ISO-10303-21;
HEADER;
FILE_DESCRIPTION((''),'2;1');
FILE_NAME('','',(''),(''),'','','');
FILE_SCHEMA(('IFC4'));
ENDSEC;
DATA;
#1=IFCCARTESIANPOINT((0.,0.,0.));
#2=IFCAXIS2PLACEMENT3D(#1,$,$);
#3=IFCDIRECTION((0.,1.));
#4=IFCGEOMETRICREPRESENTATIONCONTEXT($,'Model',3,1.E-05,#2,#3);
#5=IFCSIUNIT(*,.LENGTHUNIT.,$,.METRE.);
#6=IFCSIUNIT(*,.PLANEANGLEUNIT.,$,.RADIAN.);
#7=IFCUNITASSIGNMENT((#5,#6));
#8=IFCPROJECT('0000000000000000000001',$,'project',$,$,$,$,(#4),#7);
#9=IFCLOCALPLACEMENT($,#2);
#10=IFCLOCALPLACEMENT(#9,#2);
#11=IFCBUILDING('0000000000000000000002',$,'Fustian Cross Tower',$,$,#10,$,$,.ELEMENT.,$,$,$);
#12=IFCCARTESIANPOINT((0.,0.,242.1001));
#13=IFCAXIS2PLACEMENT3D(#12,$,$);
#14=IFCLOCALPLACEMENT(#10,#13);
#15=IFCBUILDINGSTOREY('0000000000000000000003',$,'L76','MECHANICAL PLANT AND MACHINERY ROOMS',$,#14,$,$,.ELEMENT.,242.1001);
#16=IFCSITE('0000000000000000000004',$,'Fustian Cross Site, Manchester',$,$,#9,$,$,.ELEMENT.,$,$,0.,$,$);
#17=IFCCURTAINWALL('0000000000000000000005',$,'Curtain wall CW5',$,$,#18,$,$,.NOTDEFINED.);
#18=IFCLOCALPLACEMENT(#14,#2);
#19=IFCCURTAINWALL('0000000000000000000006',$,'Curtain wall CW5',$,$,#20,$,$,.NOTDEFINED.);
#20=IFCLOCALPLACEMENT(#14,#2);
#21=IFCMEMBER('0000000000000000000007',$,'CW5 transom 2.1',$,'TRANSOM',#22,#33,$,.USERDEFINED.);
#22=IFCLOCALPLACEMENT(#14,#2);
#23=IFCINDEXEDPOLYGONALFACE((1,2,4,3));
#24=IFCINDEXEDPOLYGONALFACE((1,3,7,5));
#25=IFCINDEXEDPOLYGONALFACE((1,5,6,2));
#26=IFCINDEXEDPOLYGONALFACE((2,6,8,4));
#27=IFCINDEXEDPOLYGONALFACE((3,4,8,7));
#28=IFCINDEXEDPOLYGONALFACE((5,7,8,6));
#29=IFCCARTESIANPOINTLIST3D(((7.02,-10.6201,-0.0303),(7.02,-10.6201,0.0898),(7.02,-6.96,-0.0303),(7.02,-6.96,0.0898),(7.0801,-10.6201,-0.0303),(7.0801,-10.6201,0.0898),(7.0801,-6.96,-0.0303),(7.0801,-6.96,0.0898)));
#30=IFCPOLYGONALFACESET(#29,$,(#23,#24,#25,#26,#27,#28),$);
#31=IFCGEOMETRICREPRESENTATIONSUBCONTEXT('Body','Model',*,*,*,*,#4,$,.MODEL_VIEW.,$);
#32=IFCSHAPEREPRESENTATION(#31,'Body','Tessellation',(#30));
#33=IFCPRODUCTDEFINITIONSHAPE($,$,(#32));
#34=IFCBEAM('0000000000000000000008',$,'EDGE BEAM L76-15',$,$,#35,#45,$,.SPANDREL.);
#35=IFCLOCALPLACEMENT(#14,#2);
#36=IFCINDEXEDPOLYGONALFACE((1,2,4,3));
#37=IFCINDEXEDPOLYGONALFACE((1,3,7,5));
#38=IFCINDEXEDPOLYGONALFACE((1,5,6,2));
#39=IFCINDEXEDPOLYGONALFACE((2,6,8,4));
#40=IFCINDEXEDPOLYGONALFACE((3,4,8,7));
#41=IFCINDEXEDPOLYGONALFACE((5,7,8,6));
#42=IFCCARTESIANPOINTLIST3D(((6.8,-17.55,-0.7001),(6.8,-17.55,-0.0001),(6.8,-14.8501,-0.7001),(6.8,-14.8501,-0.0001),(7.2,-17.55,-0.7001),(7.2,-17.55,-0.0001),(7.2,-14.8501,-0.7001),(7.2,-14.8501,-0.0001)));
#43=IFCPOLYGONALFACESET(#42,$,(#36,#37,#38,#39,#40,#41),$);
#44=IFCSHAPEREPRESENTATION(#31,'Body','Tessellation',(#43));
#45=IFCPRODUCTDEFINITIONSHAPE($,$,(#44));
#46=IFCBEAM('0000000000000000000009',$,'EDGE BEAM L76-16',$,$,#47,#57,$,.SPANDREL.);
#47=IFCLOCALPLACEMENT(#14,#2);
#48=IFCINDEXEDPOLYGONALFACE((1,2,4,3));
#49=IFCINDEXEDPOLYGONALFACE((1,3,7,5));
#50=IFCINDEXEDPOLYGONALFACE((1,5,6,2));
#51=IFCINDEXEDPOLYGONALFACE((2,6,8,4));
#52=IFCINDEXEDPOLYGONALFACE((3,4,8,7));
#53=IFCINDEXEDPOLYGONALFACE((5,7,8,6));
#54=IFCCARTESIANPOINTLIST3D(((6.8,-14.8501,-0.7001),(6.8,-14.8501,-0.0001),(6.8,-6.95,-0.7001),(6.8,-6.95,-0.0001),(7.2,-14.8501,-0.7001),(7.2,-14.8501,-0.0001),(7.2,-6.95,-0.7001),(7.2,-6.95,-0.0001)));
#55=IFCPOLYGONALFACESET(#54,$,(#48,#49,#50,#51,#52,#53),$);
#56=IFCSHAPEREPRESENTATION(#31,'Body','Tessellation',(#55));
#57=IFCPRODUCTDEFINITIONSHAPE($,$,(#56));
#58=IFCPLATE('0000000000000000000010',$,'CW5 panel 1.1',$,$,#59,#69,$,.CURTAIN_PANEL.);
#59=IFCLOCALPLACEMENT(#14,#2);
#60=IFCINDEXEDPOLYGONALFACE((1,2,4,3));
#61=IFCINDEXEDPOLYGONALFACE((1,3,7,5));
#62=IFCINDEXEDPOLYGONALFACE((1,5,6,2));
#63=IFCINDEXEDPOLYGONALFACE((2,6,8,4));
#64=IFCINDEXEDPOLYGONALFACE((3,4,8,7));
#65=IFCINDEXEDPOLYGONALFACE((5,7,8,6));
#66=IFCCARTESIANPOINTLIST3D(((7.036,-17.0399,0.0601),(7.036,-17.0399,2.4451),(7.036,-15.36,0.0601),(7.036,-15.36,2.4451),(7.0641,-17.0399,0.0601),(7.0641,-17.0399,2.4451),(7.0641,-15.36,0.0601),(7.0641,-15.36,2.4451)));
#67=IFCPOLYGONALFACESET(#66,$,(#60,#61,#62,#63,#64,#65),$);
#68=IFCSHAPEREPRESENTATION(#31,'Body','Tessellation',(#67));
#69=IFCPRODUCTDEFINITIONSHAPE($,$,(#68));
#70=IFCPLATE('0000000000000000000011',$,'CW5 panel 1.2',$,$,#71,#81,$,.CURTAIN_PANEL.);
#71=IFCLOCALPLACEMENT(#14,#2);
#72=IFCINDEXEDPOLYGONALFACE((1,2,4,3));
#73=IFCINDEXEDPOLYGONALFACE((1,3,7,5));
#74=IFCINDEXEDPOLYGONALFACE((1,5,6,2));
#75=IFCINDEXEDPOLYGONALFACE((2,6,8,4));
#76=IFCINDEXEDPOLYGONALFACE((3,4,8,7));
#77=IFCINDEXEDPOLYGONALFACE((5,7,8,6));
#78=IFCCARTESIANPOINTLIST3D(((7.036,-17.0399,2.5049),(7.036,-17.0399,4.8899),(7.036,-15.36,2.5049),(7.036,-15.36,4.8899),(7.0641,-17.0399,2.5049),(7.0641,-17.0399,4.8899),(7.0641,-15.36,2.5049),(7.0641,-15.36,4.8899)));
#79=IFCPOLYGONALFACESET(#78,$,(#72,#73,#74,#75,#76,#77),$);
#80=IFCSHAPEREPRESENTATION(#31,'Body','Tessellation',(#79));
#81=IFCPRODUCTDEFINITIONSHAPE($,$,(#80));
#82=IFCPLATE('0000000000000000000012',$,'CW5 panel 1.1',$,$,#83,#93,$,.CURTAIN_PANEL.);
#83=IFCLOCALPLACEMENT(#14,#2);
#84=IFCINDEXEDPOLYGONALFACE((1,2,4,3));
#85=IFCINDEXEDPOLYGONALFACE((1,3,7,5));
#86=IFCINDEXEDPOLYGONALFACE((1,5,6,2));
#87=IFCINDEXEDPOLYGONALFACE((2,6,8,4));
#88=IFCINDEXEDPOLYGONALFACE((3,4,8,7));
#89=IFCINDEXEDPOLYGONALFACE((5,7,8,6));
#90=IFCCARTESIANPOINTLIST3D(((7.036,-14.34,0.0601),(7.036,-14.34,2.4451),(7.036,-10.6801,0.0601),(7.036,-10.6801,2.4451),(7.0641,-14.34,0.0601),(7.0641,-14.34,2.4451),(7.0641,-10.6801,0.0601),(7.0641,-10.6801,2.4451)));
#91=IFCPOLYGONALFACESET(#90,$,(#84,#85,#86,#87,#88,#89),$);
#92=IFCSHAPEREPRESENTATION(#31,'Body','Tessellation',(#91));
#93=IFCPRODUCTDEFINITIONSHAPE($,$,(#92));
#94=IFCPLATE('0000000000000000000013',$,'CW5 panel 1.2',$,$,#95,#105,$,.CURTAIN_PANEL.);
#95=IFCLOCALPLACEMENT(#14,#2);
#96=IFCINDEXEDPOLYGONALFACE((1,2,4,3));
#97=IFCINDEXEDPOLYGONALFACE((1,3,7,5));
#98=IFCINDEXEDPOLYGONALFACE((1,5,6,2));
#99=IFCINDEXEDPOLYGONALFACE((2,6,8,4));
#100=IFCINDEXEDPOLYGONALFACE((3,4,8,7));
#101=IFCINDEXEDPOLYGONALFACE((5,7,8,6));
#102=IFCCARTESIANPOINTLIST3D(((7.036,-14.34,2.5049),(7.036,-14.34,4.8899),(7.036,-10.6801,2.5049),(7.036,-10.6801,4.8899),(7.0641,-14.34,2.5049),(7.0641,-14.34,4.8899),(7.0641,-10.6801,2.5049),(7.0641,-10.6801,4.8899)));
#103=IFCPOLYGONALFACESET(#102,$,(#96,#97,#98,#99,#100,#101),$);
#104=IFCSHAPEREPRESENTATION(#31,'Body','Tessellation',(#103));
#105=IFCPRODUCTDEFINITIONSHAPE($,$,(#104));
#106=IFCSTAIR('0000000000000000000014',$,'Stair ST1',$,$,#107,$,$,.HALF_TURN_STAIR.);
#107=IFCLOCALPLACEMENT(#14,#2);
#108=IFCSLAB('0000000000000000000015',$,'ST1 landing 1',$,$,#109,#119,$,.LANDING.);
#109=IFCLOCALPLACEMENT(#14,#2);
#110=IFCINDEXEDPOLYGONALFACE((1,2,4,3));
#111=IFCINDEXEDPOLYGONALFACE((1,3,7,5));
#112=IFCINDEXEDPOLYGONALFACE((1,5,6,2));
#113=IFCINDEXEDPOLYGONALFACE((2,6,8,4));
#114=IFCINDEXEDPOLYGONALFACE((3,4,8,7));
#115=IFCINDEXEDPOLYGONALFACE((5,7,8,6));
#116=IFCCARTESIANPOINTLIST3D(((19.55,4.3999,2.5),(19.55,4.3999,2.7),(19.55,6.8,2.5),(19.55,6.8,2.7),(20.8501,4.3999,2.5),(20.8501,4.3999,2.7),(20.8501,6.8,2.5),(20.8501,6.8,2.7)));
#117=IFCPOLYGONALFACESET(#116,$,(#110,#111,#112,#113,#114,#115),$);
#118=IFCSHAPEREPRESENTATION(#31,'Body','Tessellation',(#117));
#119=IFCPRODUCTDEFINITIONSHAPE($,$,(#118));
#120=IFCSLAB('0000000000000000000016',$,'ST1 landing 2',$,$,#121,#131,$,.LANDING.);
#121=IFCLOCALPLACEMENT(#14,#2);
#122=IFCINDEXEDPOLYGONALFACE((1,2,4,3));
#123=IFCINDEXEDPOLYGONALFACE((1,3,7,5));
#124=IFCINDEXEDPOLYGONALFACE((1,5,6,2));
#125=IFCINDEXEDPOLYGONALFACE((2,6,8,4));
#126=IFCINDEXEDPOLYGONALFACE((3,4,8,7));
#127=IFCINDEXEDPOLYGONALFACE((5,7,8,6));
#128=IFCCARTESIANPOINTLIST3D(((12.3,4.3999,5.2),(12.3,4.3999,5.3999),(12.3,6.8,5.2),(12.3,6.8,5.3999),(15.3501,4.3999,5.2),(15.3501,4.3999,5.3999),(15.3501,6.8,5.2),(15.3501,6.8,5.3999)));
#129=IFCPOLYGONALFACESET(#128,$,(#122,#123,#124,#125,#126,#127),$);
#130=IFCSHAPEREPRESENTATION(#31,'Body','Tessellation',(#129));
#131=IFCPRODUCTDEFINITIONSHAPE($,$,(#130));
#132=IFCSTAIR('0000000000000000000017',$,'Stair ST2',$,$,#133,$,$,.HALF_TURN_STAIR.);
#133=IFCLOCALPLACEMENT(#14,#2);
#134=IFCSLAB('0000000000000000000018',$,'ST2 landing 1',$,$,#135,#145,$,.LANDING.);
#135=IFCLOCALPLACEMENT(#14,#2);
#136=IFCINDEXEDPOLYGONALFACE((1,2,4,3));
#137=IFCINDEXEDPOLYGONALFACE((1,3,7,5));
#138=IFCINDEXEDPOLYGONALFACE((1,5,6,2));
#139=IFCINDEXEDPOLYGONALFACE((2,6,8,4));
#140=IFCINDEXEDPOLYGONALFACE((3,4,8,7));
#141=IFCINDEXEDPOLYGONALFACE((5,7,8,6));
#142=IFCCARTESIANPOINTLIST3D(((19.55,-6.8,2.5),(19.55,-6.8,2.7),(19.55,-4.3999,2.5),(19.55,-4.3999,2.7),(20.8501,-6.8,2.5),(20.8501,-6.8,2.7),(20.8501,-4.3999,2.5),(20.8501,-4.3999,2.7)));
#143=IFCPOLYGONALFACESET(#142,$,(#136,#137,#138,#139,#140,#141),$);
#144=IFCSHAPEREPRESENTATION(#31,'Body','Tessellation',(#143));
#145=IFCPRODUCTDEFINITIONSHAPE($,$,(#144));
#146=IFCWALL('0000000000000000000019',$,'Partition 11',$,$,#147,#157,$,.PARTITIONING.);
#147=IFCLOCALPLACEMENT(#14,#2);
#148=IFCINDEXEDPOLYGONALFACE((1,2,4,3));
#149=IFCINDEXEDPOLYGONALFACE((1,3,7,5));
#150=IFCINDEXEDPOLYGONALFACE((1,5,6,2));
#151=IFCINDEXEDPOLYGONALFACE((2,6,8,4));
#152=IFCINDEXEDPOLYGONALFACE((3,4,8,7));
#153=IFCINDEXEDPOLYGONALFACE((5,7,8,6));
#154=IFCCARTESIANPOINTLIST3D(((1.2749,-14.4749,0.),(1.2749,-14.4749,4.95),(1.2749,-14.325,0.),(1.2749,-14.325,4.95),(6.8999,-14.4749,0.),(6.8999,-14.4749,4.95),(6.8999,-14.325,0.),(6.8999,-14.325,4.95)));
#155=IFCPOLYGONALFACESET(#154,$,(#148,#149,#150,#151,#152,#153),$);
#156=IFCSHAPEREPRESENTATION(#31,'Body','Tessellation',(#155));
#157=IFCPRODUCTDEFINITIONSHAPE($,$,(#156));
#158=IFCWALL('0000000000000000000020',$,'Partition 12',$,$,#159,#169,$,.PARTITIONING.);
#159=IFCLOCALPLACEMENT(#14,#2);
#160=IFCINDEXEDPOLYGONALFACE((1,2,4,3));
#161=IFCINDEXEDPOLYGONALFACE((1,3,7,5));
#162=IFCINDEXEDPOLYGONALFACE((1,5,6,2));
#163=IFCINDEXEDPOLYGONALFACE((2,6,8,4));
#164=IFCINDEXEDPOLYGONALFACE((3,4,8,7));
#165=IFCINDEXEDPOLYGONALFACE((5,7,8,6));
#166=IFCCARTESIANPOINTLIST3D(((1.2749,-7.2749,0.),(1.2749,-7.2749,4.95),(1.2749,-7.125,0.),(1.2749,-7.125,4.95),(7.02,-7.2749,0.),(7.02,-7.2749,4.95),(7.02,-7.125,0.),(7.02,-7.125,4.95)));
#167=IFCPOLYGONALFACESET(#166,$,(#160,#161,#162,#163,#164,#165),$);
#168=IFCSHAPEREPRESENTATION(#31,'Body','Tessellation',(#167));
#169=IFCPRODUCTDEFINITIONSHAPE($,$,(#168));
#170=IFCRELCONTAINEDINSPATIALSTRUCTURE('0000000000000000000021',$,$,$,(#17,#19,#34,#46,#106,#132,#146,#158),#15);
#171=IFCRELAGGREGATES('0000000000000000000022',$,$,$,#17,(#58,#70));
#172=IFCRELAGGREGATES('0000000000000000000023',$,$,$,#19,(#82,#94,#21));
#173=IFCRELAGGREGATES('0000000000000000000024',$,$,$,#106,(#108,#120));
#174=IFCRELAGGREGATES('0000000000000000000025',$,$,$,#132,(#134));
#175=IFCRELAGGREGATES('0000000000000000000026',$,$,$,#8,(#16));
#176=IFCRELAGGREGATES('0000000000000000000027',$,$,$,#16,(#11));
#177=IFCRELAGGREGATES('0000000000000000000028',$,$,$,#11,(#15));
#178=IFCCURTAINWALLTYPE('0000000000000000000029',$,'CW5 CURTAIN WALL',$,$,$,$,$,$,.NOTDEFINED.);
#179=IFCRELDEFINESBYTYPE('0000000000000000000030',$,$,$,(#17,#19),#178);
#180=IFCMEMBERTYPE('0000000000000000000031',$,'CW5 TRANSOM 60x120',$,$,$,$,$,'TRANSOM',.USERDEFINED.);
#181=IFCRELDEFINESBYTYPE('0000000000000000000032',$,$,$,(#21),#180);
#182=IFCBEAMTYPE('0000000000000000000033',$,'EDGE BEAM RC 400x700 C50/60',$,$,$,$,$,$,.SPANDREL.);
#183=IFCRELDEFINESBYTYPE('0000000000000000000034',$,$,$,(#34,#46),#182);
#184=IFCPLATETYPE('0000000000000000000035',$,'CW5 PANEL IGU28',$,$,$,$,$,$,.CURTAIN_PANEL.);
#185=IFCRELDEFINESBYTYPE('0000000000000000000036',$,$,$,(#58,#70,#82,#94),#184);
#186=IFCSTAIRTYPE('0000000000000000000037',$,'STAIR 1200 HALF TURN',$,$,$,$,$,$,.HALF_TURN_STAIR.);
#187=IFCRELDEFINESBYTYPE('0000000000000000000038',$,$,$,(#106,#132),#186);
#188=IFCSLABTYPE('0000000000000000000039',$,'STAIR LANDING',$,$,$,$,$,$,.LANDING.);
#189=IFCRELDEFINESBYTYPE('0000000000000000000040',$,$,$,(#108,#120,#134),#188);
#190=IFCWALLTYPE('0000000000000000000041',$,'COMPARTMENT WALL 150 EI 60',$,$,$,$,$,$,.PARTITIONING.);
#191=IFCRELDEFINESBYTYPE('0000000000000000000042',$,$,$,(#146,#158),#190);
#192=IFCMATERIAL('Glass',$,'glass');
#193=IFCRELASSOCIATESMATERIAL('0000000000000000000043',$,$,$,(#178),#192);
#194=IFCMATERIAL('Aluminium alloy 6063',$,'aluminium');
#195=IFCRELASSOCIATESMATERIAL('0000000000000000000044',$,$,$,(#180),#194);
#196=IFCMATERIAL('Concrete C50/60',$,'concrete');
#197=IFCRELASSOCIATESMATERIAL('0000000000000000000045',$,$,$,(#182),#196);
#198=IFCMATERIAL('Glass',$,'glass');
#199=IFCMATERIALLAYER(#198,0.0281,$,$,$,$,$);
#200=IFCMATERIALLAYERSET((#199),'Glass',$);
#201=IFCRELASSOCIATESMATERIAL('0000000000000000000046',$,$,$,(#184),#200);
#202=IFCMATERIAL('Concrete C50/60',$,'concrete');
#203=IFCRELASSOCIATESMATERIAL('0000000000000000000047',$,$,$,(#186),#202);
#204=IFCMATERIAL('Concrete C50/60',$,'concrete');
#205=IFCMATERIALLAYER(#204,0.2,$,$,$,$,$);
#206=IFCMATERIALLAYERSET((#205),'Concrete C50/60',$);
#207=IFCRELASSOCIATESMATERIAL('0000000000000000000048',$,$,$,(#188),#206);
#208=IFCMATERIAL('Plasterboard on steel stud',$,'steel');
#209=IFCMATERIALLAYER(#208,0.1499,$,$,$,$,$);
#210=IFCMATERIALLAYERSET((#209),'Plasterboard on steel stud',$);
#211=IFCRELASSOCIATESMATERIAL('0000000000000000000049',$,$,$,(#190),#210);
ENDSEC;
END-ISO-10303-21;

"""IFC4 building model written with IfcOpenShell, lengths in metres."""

from ifc_helpers import new_model, si_unit, direction, frame, frame_2d, origin, origin_2d, place, context, subcontext, project, spatial, polyline, rectangle, outline, extrude, material, layer, layer_set, material_profile, profile_set, type_object, element, aggregate, save


model = new_model("IFC4")

# Units and contexts
model_context = context("Model", 3, precision=1e-05, world=origin(), true_north=direction((0.0, 1.0)))
body_context = subcontext(model_context, "Body", "Model", "MODEL_VIEW")
ifc_project = project(units=[si_unit("LENGTHUNIT", "METRE"), si_unit("PLANEANGLEUNIT", "RADIAN")], contexts=[model_context])

# Site, building, storey
site_placement = place(None, origin())
site = spatial("IfcSite", under=ifc_project, at=site_placement, Name="Fustian Cross Site, Manchester", CompositionType="ELEMENT", RefElevation=0.0)
building_placement = place(site_placement, origin())
building = spatial("IfcBuilding", under=site, at=building_placement, Name="Fustian Cross Tower", CompositionType="ELEMENT")
storey_placement = place(building_placement, frame((0.0, 0.0, 242.1001)))
storey = spatial("IfcBuildingStorey", under=building, at=storey_placement, Name="L76", Description="MECHANICAL PLANT AND MACHINERY ROOMS", CompositionType="ELEMENT", Elevation=242.1001)

# Shared definitions
ifc_material_1 = material(Name="Glass", Category="glass")
curtain_wall_type = type_object("IfcCurtainWallType", Name="CW5 CURTAIN WALL", PredefinedType="NOTDEFINED", material=ifc_material_1)

# Curtain walls
curtain_wall_1_placement = place(storey_placement, origin())
curtain_wall_1 = element("IfcCurtainWall", 1, at=curtain_wall_1_placement, inside=storey, type_object=curtain_wall_type, Name="Curtain wall CW5", PredefinedType="NOTDEFINED")
curtain_wall_2_placement = place(storey_placement, origin())
curtain_wall_2 = element("IfcCurtainWall", 2, at=curtain_wall_2_placement, inside=storey, type_object=curtain_wall_type, Name="Curtain wall CW5", PredefinedType="NOTDEFINED")

# Member
ifc_material_2 = material(Name="Aluminium alloy 6063", Category="aluminium")
ifc_material_profile_1 = material_profile(ifc_material_2, rectangle(XDim=0.0601, YDim=0.1201, at=origin_2d()), Name="CW5 TRANSOM 60x120")
ifc_profile_set_1 = profile_set([ifc_material_profile_1], Name="Aluminium alloy 6063")
member_type_1 = type_object("IfcMemberType", Name="CW5 TRANSOM 60x120", ElementType="TRANSOM", PredefinedType="USERDEFINED", material=ifc_profile_set_1)
member_1_placement = place(storey_placement, frame((7.05, -10.6201, 0.0298), z_axis=(0.0, 1.0, 0.0), x_axis=(-1.0, 0.0, 0.0)))
member_1 = element("IfcMember", 3, at=member_1_placement, type_object=member_type_1, Name="CW5 transom 2.1", ObjectType="TRANSOM", PredefinedType="USERDEFINED", context=body_context, shape_type="SweptSolid", body=[
    extrude(rectangle(XDim=0.0601, YDim=0.1201, at=origin_2d()), origin(), (0.0, 0.0, 1.0), 3.6602),
])

# Beams
ifc_material_3 = material(Name="Concrete C50/60", Category="concrete")
ifc_material_profile_2 = material_profile(ifc_material_3, rectangle(XDim=0.3999, YDim=0.7, at=origin_2d()), Name="RC 400x700")
ifc_profile_set_2 = profile_set([ifc_material_profile_2], Name="Concrete C50/60")
beam_type = type_object("IfcBeamType", Name="EDGE BEAM RC 400x700 C50/60", PredefinedType="SPANDREL", material=ifc_profile_set_2)
beam_1_placement = place(storey_placement, frame((7.0, -17.55, -0.3501), z_axis=(0.0, 1.0, 0.0), x_axis=(-1.0, 0.0, 0.0)))
element("IfcBeam", 4, at=beam_1_placement, inside=storey, type_object=beam_type, Name="EDGE BEAM L76-15", PredefinedType="SPANDREL", context=body_context, shape_type="SweptSolid", body=[
    extrude(rectangle(XDim=0.3999, YDim=0.7, at=origin_2d()), origin(), (0.0, 0.0, 1.0), 2.7),
])
beam_2_placement = place(storey_placement, frame((7.0, -14.8501, -0.3501), z_axis=(0.0, 1.0, 0.0), x_axis=(-1.0, 0.0, 0.0)))
element("IfcBeam", 5, at=beam_2_placement, inside=storey, type_object=beam_type, Name="EDGE BEAM L76-16", PredefinedType="SPANDREL", context=body_context, shape_type="SweptSolid", body=[
    extrude(rectangle(XDim=0.3999, YDim=0.7, at=origin_2d()), origin(), (0.0, 0.0, 1.0), 7.9001),
])

# Plates
ifc_material_4 = material(Name="Glass", Category="glass")
ifc_layer_1 = layer(ifc_material_4, 0.0281)
ifc_layer_set_1 = layer_set([ifc_layer_1], Name="Glass")
plate_type = type_object("IfcPlateType", Name="CW5 PANEL IGU28", PredefinedType="CURTAIN_PANEL", material=ifc_layer_set_1)
plate_1_placement = place(storey_placement, frame((7.05, -16.2, 0.0601), z_axis=(0.0, 0.0, 1.0), x_axis=(0.0, 1.0, 0.0)))
plate_1 = element("IfcPlate", 6, at=plate_1_placement, type_object=plate_type, Name="CW5 panel 1.1", PredefinedType="CURTAIN_PANEL", context=body_context, shape_type="SweptSolid", body=[
    extrude(rectangle(XDim=1.6799, YDim=0.0281, at=origin_2d()), origin(), (0.0, 0.0, 1.0), 2.385),
])
plate_2_placement = place(storey_placement, frame((7.05, -16.2, 2.5049), z_axis=(0.0, 0.0, 1.0), x_axis=(0.0, 1.0, 0.0)))
plate_2 = element("IfcPlate", 7, at=plate_2_placement, type_object=plate_type, Name="CW5 panel 1.2", PredefinedType="CURTAIN_PANEL", context=body_context, shape_type="SweptSolid", body=[
    extrude(rectangle(XDim=1.6799, YDim=0.0281, at=origin_2d()), origin(), (0.0, 0.0, 1.0), 2.385),
])
aggregate(curtain_wall_1, [plate_1, plate_2])
plate_3_placement = place(storey_placement, frame((7.05, -12.51, 0.0601), z_axis=(0.0, 0.0, 1.0), x_axis=(0.0, 1.0, 0.0)))
plate_3 = element("IfcPlate", 8, at=plate_3_placement, type_object=plate_type, Name="CW5 panel 1.1", PredefinedType="CURTAIN_PANEL", context=body_context, shape_type="SweptSolid", body=[
    extrude(rectangle(XDim=3.6599, YDim=0.0281, at=origin_2d()), origin(), (0.0, 0.0, 1.0), 2.385),
])
plate_4_placement = place(storey_placement, frame((7.05, -12.51, 2.5049), z_axis=(0.0, 0.0, 1.0), x_axis=(0.0, 1.0, 0.0)))
plate_4 = element("IfcPlate", 9, at=plate_4_placement, type_object=plate_type, Name="CW5 panel 1.2", PredefinedType="CURTAIN_PANEL", context=body_context, shape_type="SweptSolid", body=[
    extrude(rectangle(XDim=3.6599, YDim=0.0281, at=origin_2d()), origin(), (0.0, 0.0, 1.0), 2.385),
])
aggregate(curtain_wall_2, [plate_3, plate_4, member_1])

# Stair, slabs
ifc_material_5 = material(Name="Concrete C50/60", Category="concrete")
stair_type = type_object("IfcStairType", Name="STAIR 1200 HALF TURN", PredefinedType="HALF_TURN_STAIR", material=ifc_material_5)
stair_1_placement = place(storey_placement, origin())
stair_1 = element("IfcStair", 10, at=stair_1_placement, inside=storey, type_object=stair_type, Name="Stair ST1", PredefinedType="HALF_TURN_STAIR")
ifc_material_6 = material(Name="Concrete C50/60", Category="concrete")
ifc_layer_2 = layer(ifc_material_6, 0.2)
ifc_layer_set_2 = layer_set([ifc_layer_2], Name="Concrete C50/60")
slab_type = type_object("IfcSlabType", Name="STAIR LANDING", PredefinedType="LANDING", material=ifc_layer_set_2)
slab_1_placement = place(storey_placement, frame((0.0, 0.0, 2.5)))
slab_1 = element("IfcSlab", 11, at=slab_1_placement, type_object=slab_type, Name="ST1 landing 1", PredefinedType="LANDING", context=body_context, shape_type="SweptSolid", body=[
    extrude(outline(polyline([(19.55, 4.3999), (20.8501, 4.3999), (20.8501, 6.8), (19.55, 6.8), (19.55, 4.3999)])), origin(), (0.0, 0.0, 1.0), 0.2),
])
slab_2_placement = place(storey_placement, frame((0.0, 0.0, 5.2)))
slab_2 = element("IfcSlab", 12, at=slab_2_placement, type_object=slab_type, Name="ST1 landing 2", PredefinedType="LANDING", context=body_context, shape_type="SweptSolid", body=[
    extrude(outline(polyline([(12.3, 4.3999), (15.3501, 4.3999), (15.3501, 6.8), (12.3, 6.8), (12.3, 4.3999)])), origin(), (0.0, 0.0, 1.0), 0.2),
])
aggregate(stair_1, [slab_1, slab_2])

# Stair, slab
stair_2_placement = place(storey_placement, origin())
stair_2 = element("IfcStair", 13, at=stair_2_placement, inside=storey, type_object=stair_type, Name="Stair ST2", PredefinedType="HALF_TURN_STAIR")
slab_3_placement = place(storey_placement, frame((0.0, 0.0, 2.5)))
slab_3 = element("IfcSlab", 14, at=slab_3_placement, type_object=slab_type, Name="ST2 landing 1", PredefinedType="LANDING", context=body_context, shape_type="SweptSolid", body=[
    extrude(outline(polyline([(19.55, -4.3999), (20.8501, -4.3999), (20.8501, -6.8), (19.55, -6.8), (19.55, -4.3999)])), origin(), (0.0, 0.0, 1.0), 0.2),
])
aggregate(stair_2, [slab_3])

# Walls
ifc_material_7 = material(Name="Plasterboard on steel stud", Category="steel")
ifc_layer_3 = layer(ifc_material_7, 0.1499)
ifc_layer_set_3 = layer_set([ifc_layer_3], Name="Plasterboard on steel stud")
wall_type_1 = type_object("IfcWallType", Name="COMPARTMENT WALL 150 EI 60", PredefinedType="PARTITIONING", material=ifc_layer_set_3)
wall_1_placement = place(storey_placement, frame((1.2749, -14.3999, 0.0), z_axis=(0.0, 0.0, 1.0), x_axis=(1.0, 0.0, 0.0)))
element("IfcWall", 15, at=wall_1_placement, inside=storey, type_object=wall_type_1, Name="Partition 11", PredefinedType="PARTITIONING", context=body_context, shape_type="SweptSolid", body=[
    extrude(rectangle(XDim=5.625, YDim=0.1499, at=frame_2d((2.8125, 0.0))), origin(), (0.0, 0.0, 1.0), 4.95),
])
wall_2_placement = place(storey_placement, frame((1.2749, -7.2, 0.0), z_axis=(0.0, 0.0, 1.0), x_axis=(1.0, 0.0, 0.0)))
element("IfcWall", 16, at=wall_2_placement, inside=storey, type_object=wall_type_1, Name="Partition 12", PredefinedType="PARTITIONING", context=body_context, shape_type="SweptSolid", body=[
    extrude(rectangle(XDim=5.7451, YDim=0.1499, at=frame_2d((2.8726, 0.0))), origin(), (0.0, 0.0, 1.0), 4.95),
])

save(model, "model.ifc")
